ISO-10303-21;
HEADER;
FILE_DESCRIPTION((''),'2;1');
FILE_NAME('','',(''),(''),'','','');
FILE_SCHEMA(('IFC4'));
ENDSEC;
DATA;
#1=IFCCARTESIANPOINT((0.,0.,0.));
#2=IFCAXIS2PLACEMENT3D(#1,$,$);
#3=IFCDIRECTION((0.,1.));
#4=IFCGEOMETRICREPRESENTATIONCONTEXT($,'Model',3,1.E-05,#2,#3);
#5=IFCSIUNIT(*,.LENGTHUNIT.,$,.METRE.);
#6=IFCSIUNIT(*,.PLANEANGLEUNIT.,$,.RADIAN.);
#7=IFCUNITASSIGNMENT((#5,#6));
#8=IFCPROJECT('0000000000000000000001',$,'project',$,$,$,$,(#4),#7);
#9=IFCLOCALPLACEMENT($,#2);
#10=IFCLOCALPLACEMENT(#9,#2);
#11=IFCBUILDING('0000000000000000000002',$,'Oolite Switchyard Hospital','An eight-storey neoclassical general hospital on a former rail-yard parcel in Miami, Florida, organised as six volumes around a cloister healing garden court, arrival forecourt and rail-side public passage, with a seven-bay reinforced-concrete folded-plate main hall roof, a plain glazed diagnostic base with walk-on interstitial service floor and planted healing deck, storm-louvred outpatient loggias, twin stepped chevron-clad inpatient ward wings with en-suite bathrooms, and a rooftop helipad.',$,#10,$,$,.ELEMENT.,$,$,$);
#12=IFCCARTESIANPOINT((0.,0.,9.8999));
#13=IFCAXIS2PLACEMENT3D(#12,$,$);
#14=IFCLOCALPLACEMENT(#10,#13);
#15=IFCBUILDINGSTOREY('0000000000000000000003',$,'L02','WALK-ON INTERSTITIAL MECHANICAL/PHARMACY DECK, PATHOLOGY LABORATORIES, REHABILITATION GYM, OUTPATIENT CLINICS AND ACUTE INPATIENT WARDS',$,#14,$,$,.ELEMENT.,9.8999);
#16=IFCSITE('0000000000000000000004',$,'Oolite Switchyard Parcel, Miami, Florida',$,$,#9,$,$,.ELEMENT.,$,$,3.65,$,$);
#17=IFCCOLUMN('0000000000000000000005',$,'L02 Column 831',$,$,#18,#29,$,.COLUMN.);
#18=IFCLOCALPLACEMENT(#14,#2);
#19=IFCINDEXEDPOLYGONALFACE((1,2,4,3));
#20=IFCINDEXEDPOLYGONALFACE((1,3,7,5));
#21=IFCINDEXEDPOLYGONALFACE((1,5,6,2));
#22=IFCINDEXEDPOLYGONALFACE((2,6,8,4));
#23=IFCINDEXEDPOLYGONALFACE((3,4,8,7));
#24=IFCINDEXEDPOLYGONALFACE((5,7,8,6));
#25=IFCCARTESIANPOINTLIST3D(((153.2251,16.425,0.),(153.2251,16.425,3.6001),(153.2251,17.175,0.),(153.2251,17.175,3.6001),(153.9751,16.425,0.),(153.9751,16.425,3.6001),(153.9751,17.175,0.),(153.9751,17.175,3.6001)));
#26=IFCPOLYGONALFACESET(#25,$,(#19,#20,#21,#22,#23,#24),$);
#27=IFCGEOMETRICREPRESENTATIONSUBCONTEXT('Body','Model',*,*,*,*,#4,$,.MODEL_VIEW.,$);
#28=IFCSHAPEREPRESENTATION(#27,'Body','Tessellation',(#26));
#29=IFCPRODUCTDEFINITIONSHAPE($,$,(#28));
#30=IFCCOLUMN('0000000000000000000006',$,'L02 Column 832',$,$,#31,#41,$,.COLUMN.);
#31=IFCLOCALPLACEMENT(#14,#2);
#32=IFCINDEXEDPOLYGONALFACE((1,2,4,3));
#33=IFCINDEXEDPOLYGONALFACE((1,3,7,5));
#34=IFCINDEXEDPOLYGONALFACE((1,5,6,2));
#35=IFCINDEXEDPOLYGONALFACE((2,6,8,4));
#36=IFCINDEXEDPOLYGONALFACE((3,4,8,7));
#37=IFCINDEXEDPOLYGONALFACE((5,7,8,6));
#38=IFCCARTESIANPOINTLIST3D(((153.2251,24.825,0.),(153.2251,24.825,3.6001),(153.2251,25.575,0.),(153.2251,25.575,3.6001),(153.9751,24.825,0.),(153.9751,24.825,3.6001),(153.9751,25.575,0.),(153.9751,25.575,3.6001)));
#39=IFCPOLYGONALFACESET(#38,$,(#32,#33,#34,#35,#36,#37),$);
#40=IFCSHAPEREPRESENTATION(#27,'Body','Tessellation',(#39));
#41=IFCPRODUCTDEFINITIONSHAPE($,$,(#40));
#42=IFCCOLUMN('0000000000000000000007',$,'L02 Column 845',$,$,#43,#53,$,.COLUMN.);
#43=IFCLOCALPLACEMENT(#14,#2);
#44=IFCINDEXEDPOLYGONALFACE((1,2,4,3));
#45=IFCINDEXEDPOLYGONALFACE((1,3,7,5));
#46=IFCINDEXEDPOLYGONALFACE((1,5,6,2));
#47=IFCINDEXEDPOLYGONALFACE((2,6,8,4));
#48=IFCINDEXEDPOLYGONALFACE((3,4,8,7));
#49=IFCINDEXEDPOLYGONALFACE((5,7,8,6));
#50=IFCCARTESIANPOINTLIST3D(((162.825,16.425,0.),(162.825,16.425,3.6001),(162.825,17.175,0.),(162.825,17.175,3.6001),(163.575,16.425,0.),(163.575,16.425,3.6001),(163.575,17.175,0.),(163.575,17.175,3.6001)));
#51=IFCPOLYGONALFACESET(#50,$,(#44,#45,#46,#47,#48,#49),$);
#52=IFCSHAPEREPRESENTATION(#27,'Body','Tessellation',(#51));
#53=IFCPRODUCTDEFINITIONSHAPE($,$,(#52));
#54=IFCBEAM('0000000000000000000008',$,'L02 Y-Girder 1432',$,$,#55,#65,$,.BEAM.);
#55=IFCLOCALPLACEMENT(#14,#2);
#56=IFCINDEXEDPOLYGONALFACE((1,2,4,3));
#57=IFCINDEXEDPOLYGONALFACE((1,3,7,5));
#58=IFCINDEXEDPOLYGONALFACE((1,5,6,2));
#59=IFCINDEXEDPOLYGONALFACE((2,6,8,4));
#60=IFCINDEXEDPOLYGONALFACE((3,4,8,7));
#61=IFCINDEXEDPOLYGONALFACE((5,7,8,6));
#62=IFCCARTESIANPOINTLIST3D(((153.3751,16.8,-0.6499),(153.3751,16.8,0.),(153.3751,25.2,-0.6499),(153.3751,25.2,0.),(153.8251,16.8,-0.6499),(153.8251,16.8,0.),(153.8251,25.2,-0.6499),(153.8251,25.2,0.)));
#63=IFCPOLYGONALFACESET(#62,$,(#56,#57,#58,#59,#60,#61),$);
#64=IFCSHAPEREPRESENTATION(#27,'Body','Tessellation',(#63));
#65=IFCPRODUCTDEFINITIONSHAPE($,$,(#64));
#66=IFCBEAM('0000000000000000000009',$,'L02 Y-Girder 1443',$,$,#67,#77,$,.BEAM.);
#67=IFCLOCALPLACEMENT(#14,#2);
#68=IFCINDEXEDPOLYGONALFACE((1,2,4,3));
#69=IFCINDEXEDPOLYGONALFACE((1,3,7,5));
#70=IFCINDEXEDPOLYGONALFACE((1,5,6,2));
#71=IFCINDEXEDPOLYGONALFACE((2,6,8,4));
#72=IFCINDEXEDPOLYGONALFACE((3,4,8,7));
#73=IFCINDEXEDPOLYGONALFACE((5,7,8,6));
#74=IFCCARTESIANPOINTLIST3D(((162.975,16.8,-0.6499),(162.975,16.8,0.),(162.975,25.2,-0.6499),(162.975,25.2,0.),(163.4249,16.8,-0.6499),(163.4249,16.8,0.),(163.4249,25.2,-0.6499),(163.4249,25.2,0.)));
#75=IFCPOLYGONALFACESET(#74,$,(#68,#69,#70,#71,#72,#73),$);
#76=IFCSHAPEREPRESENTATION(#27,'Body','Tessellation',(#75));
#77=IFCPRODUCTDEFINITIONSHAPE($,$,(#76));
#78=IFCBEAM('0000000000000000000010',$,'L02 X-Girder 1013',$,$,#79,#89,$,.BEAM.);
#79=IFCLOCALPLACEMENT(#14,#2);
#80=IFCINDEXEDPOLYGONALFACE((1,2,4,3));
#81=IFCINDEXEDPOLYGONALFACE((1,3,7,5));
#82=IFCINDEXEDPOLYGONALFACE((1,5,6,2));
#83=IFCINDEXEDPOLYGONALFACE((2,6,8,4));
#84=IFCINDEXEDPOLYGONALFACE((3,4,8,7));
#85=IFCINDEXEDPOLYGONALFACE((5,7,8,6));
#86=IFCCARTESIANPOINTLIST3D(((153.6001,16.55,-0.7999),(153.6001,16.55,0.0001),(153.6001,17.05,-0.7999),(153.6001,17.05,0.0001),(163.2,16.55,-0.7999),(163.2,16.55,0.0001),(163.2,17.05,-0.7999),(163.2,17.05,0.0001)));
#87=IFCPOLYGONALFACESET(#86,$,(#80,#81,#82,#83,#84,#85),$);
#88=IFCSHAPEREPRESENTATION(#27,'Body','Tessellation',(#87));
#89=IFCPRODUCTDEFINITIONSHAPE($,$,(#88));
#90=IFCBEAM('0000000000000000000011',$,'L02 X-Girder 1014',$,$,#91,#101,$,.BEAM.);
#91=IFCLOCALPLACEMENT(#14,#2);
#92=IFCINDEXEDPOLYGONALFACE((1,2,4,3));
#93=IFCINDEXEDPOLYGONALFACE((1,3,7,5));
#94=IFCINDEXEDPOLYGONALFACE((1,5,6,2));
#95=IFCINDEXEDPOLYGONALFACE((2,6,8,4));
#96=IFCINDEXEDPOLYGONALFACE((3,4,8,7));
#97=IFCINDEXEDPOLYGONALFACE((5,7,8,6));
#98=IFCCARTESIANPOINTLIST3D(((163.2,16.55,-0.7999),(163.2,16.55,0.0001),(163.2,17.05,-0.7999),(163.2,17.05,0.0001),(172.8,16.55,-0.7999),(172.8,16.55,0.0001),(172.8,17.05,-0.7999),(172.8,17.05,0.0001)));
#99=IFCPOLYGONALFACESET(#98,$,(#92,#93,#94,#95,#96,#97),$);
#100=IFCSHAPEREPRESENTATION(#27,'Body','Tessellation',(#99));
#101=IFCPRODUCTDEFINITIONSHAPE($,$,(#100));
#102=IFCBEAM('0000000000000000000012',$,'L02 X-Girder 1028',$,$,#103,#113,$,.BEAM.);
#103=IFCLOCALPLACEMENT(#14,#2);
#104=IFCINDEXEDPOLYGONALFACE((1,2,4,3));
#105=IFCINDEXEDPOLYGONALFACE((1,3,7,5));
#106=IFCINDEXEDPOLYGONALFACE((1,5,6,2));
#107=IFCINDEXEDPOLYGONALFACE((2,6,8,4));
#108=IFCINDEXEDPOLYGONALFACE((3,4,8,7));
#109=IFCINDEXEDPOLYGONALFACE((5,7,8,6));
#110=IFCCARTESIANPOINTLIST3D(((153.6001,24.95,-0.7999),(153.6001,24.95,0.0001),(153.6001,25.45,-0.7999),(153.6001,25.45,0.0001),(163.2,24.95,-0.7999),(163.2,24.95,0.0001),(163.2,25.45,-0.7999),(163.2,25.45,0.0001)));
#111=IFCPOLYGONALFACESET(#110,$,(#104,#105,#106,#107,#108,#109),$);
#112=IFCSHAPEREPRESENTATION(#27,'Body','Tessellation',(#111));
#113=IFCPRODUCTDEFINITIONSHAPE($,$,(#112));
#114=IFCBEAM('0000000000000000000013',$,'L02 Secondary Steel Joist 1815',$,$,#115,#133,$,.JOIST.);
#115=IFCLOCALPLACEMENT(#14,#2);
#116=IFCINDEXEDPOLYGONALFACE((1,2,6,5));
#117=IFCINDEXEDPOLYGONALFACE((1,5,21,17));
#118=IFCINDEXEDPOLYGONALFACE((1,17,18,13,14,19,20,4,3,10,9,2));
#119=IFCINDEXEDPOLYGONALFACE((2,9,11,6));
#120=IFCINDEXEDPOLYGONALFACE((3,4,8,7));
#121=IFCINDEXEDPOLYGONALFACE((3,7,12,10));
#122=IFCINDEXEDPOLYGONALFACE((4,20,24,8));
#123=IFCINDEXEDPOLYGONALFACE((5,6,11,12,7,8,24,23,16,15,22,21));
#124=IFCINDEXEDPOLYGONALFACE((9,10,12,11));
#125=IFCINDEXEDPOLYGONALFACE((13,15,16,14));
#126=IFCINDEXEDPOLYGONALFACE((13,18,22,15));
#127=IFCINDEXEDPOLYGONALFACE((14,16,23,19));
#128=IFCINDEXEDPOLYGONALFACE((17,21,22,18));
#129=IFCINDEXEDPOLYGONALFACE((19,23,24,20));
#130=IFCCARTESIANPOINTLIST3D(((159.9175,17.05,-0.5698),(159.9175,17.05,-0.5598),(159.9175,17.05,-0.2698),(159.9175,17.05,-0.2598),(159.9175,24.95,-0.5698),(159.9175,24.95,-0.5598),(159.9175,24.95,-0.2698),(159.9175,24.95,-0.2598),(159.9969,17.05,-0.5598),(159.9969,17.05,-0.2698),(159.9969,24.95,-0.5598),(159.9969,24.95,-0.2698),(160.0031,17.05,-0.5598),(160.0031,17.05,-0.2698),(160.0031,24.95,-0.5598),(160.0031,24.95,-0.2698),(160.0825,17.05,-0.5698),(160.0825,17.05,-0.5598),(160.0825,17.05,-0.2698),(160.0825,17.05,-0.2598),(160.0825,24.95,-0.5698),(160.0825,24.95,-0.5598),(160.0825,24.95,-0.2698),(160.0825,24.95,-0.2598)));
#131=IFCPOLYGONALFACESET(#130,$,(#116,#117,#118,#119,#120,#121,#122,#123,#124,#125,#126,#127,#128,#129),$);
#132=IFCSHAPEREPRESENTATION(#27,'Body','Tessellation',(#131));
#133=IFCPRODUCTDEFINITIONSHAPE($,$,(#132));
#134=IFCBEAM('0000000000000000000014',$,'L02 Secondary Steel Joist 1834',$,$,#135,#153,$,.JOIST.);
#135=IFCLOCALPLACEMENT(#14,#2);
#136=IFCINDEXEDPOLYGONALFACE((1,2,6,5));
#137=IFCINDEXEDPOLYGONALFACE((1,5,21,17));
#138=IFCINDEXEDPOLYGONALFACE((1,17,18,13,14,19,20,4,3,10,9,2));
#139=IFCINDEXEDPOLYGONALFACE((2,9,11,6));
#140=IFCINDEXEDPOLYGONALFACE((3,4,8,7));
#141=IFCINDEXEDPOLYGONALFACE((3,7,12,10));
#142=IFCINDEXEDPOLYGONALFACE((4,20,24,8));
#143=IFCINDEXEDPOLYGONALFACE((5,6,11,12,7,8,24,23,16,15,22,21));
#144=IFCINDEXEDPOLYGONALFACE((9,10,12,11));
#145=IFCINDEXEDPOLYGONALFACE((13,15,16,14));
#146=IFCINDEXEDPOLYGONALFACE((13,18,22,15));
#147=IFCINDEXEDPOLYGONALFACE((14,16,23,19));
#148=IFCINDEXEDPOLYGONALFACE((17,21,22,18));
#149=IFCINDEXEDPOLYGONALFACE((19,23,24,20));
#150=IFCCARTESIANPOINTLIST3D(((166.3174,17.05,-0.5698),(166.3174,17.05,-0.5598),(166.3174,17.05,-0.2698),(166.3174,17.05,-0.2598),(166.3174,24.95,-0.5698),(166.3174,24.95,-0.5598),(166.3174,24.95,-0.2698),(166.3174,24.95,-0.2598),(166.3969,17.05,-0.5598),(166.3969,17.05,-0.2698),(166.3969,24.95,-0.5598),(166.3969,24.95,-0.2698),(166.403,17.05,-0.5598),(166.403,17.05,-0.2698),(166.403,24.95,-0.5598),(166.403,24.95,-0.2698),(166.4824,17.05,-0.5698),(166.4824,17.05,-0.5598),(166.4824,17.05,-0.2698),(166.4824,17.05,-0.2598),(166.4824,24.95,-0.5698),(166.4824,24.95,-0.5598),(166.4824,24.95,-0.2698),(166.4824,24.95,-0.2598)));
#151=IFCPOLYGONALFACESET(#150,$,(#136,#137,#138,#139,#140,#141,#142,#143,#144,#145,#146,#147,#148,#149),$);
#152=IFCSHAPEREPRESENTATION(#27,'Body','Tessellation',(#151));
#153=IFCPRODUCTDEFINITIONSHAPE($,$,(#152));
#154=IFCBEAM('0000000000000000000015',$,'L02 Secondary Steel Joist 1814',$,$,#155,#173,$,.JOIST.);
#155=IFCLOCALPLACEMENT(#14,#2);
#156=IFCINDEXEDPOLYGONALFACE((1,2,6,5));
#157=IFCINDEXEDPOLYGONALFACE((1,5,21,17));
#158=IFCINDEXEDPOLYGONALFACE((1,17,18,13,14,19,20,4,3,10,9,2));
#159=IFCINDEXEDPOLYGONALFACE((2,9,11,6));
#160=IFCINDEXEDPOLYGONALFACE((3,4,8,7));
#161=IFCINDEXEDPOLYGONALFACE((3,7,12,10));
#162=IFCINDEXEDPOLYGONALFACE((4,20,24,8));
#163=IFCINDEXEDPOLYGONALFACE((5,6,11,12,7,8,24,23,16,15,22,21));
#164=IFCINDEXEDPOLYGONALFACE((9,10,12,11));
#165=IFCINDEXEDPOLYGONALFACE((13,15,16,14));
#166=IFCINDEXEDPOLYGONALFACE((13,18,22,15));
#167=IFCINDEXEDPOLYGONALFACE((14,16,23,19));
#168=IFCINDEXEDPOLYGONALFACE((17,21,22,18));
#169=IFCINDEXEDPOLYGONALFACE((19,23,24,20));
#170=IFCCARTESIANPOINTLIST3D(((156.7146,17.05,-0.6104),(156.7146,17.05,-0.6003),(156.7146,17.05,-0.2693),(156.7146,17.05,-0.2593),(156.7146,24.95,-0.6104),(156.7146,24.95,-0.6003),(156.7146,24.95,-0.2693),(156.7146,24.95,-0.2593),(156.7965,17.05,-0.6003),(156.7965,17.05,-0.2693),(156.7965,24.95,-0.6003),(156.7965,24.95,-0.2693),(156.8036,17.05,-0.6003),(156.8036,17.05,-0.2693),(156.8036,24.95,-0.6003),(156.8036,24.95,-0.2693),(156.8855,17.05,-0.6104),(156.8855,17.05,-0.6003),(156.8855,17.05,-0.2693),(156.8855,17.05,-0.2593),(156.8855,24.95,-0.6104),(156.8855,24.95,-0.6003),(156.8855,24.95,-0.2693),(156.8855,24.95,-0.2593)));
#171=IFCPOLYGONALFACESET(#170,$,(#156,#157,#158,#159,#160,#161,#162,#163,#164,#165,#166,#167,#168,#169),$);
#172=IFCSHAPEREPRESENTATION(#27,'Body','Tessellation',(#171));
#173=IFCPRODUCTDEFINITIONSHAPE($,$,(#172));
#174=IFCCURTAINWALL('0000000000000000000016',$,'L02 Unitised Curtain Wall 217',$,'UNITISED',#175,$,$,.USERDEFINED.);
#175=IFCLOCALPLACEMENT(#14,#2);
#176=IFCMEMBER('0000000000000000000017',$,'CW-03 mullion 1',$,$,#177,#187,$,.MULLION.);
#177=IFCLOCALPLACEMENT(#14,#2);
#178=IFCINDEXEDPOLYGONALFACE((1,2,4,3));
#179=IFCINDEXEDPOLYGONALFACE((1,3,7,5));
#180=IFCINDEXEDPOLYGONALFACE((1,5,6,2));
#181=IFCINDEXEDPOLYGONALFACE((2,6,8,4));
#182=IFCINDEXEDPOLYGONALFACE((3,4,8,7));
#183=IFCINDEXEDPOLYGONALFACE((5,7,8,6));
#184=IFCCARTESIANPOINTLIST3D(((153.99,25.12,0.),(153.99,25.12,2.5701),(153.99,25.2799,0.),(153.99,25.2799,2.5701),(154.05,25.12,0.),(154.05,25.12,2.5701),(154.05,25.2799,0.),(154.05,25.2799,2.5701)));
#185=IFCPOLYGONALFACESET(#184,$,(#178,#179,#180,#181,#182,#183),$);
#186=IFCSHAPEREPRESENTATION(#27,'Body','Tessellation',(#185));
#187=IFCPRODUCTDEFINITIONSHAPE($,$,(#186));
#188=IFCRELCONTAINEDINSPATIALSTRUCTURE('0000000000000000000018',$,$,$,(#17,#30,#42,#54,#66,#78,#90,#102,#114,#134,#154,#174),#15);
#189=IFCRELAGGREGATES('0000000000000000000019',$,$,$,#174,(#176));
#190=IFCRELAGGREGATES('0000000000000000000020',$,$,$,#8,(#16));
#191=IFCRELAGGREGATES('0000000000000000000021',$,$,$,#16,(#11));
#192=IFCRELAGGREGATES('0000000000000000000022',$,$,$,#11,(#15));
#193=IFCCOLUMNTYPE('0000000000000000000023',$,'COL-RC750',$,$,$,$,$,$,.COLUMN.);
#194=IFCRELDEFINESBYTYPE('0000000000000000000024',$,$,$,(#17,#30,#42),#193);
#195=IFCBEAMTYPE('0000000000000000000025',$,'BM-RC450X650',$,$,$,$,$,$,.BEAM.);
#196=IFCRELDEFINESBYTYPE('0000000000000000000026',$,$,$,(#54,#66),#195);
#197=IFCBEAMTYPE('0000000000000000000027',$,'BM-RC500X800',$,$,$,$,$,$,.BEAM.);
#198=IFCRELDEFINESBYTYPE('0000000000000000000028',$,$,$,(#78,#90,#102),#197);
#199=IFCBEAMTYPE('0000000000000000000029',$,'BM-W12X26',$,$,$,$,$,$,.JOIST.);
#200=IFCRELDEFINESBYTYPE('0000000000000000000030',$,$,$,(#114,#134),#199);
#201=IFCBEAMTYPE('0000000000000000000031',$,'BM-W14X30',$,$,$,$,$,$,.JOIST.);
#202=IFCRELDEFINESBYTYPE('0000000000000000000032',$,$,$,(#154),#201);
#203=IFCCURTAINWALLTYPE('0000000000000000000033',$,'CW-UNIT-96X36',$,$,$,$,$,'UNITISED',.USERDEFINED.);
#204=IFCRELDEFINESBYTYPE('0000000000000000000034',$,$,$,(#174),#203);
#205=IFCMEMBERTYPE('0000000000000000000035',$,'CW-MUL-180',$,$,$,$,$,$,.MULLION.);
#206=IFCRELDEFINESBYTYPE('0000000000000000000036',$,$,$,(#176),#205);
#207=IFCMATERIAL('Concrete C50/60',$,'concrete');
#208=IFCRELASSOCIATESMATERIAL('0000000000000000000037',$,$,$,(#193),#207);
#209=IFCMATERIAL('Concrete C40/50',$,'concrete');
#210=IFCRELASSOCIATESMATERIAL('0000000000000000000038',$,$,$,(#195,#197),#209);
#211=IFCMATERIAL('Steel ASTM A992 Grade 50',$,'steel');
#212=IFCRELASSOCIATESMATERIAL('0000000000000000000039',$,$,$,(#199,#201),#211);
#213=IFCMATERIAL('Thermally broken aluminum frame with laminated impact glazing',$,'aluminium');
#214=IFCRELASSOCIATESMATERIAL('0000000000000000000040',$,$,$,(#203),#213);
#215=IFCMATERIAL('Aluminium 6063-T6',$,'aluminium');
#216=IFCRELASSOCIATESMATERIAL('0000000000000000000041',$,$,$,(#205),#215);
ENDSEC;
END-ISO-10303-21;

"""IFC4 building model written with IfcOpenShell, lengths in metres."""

from ifc_helpers import new_model, si_unit, direction, frame, origin, origin_2d, place, context, subcontext, project, spatial, rectangle, i_section, extrude, material, material_profile, profile_set, type_object, element, aggregate, save


model = new_model("IFC4")

# Units and contexts
model_context = context("Model", 3, precision=1e-05, world=origin(), true_north=direction((0.0, 1.0)))
body_context = subcontext(model_context, "Body", "Model", "MODEL_VIEW")
ifc_project = project(units=[si_unit("LENGTHUNIT", "METRE"), si_unit("PLANEANGLEUNIT", "RADIAN")], contexts=[model_context])

# Site, building, storey
site_placement = place(None, origin())
site = spatial("IfcSite", under=ifc_project, at=site_placement, Name="Oolite Switchyard Parcel, Miami, Florida", CompositionType="ELEMENT", RefElevation=3.65)
building_placement = place(site_placement, origin())
building = spatial("IfcBuilding", under=site, at=building_placement, Name="Oolite Switchyard Hospital", Description="An eight-storey neoclassical general hospital on a former rail-yard parcel in Miami, Florida, organised as six volumes around a cloister healing garden court, arrival forecourt and rail-side public passage, with a seven-bay reinforced-concrete folded-plate main hall roof, a plain glazed diagnostic base with walk-on interstitial service floor and planted healing deck, storm-louvred outpatient loggias, twin stepped chevron-clad inpatient ward wings with en-suite bathrooms, and a rooftop helipad.", CompositionType="ELEMENT")
storey_placement = place(building_placement, frame((0.0, 0.0, 9.8999)))
storey = spatial("IfcBuildingStorey", under=building, at=storey_placement, Name="L02", Description="WALK-ON INTERSTITIAL MECHANICAL/PHARMACY DECK, PATHOLOGY LABORATORIES, REHABILITATION GYM, OUTPATIENT CLINICS AND ACUTE INPATIENT WARDS", CompositionType="ELEMENT", Elevation=9.8999)

# Columns
ifc_material_1 = material(Name="Concrete C50/60", Category="concrete")
ifc_material_profile_1 = material_profile(ifc_material_1, rectangle(XDim=0.75, YDim=0.75, at=origin_2d()), Name="RC750X750")
ifc_profile_set_1 = profile_set([ifc_material_profile_1], Name="Concrete C50/60")
column_type = type_object("IfcColumnType", Name="COL-RC750", PredefinedType="COLUMN", material=ifc_profile_set_1)
for number, where, z_axis, x_axis, name in (
    (1, (153.6001, 16.8, 0.0), (0.0, 0.0, 1.0), (1.0, 0.0, 0.0), "L02 Column 831"),
    (2, (153.6001, 25.2, 0.0), (0.0, 0.0, 1.0), (1.0, 0.0, 0.0), "L02 Column 832"),
    (3, (163.2, 16.8, 0.0), (0.0, 0.0, 1.0), (1.0, 0.0, 0.0), "L02 Column 845"),
):
    element("IfcColumn", number, at=place(storey_placement, frame(where, z_axis=z_axis, x_axis=x_axis)), inside=storey, type_object=column_type, Name=name, PredefinedType="COLUMN", context=body_context, shape_type="SweptSolid", body=[
        extrude(rectangle(XDim=0.75, YDim=0.75, at=origin_2d()), origin(), (0.0, 0.0, 1.0), 3.6001),
    ])

# Beams
ifc_material_2 = material(Name="Concrete C40/50", Category="concrete")
ifc_material_profile_2 = material_profile(ifc_material_2, rectangle(XDim=0.45, YDim=0.6499, at=origin_2d()), Name="RCB450X650")
ifc_profile_set_2 = profile_set([ifc_material_profile_2], Name="Concrete C40/50")
beam_type_1 = type_object("IfcBeamType", Name="BM-RC450X650", PredefinedType="BEAM", material=ifc_profile_set_2)
for number, where, z_axis, x_axis, name in (
    (4, (153.6001, 16.8, -0.325), (0.0, 1.0, 0.0), (-1.0, 0.0, 0.0), "L02 Y-Girder 1432"),
    (5, (163.2, 16.8, -0.325), (0.0, 1.0, 0.0), (-1.0, 0.0, 0.0), "L02 Y-Girder 1443"),
):
    element("IfcBeam", number, at=place(storey_placement, frame(where, z_axis=z_axis, x_axis=x_axis)), inside=storey, type_object=beam_type_1, Name=name, PredefinedType="BEAM", context=body_context, shape_type="SweptSolid", body=[
        extrude(rectangle(XDim=0.45, YDim=0.6499, at=origin_2d()), origin(), (0.0, 0.0, 1.0), 8.3999),
    ])
ifc_material_profile_3 = material_profile(ifc_material_2, rectangle(XDim=0.5, YDim=0.8, at=origin_2d()), Name="RCB500X800")
ifc_profile_set_3 = profile_set([ifc_material_profile_3], Name="Concrete C40/50")
beam_type_2 = type_object("IfcBeamType", Name="BM-RC500X800", PredefinedType="BEAM", material=ifc_profile_set_3)
beam_1_placement = place(storey_placement, frame((153.6001, 16.8, -0.3999), z_axis=(1.0, 0.0, 0.0), x_axis=(0.0, 1.0, 0.0)))
element("IfcBeam", 6, at=beam_1_placement, inside=storey, type_object=beam_type_2, Name="L02 X-Girder 1013", PredefinedType="BEAM", context=body_context, shape_type="SweptSolid", body=[
    extrude(rectangle(XDim=0.5, YDim=0.8, at=origin_2d()), origin(), (0.0, 0.0, 1.0), 9.5999),
])
beam_2_placement = place(storey_placement, frame((163.2, 16.8, -0.3999), z_axis=(1.0, 0.0, 0.0), x_axis=(0.0, 1.0, 0.0)))
element("IfcBeam", 7, at=beam_2_placement, inside=storey, type_object=beam_type_2, Name="L02 X-Girder 1014", PredefinedType="BEAM", context=body_context, shape_type="SweptSolid", body=[
    extrude(rectangle(XDim=0.5, YDim=0.8, at=origin_2d()), origin(), (0.0, 0.0, 1.0), 9.6001),
])
beam_3_placement = place(storey_placement, frame((153.6001, 25.2, -0.3999), z_axis=(1.0, 0.0, 0.0), x_axis=(0.0, 1.0, 0.0)))
element("IfcBeam", 8, at=beam_3_placement, inside=storey, type_object=beam_type_2, Name="L02 X-Girder 1028", PredefinedType="BEAM", context=body_context, shape_type="SweptSolid", body=[
    extrude(rectangle(XDim=0.5, YDim=0.8, at=origin_2d()), origin(), (0.0, 0.0, 1.0), 9.5999),
])
ifc_material_3 = material(Name="Steel ASTM A992 Grade 50", Category="steel")
ifc_material_profile_4 = material_profile(ifc_material_3, i_section(OverallWidth=0.165, OverallDepth=0.3101, WebThickness=0.0061, FlangeThickness=0.01, at=origin_2d()), Name="W12X26")
ifc_profile_set_4 = profile_set([ifc_material_profile_4], Name="Steel ASTM A992 Grade 50")
beam_type_3 = type_object("IfcBeamType", Name="BM-W12X26", PredefinedType="JOIST", material=ifc_profile_set_4)
for number, where, z_axis, x_axis, name in (
    (9, (160.0, 17.05, -0.4148), (0.0, 1.0, 0.0), (-1.0, 0.0, 0.0), "L02 Secondary Steel Joist 1815"),
    (10, (166.3999, 17.05, -0.4148), (0.0, 1.0, 0.0), (-1.0, 0.0, 0.0), "L02 Secondary Steel Joist 1834"),
):
    element("IfcBeam", number, at=place(storey_placement, frame(where, z_axis=z_axis, x_axis=x_axis)), inside=storey, type_object=beam_type_3, Name=name, PredefinedType="JOIST", context=body_context, shape_type="SweptSolid", body=[
        extrude(i_section(OverallWidth=0.165, OverallDepth=0.3101, WebThickness=0.0061, FlangeThickness=0.01, at=origin_2d()), origin(), (0.0, 0.0, 1.0), 7.8999),
    ])
ifc_material_profile_5 = material_profile(ifc_material_3, i_section(OverallWidth=0.1709, OverallDepth=0.3511, WebThickness=0.0071, FlangeThickness=0.01, at=origin_2d()), Name="W14X30")
ifc_profile_set_5 = profile_set([ifc_material_profile_5], Name="Steel ASTM A992 Grade 50")
beam_type_4 = type_object("IfcBeamType", Name="BM-W14X30", PredefinedType="JOIST", material=ifc_profile_set_5)
beam_4_placement = place(storey_placement, frame((156.8, 17.05, -0.4348), z_axis=(0.0, 1.0, 0.0), x_axis=(-1.0, 0.0, 0.0)))
element("IfcBeam", 11, at=beam_4_placement, inside=storey, type_object=beam_type_4, Name="L02 Secondary Steel Joist 1814", PredefinedType="JOIST", context=body_context, shape_type="SweptSolid", body=[
    extrude(i_section(OverallWidth=0.1709, OverallDepth=0.3511, WebThickness=0.0071, FlangeThickness=0.01, at=origin_2d()), origin(), (0.0, 0.0, 1.0), 7.8999),
])

# Curtain wall, member
ifc_material_4 = material(Name="Thermally broken aluminum frame with laminated impact glazing", Category="aluminium")
curtain_wall_type = type_object("IfcCurtainWallType", Name="CW-UNIT-96X36", ElementType="UNITISED", PredefinedType="USERDEFINED", material=ifc_material_4)
curtain_wall_placement = place(storey_placement, origin())
curtain_wall = element("IfcCurtainWall", 12, at=curtain_wall_placement, inside=storey, type_object=curtain_wall_type, Name="L02 Unitised Curtain Wall 217", ObjectType="UNITISED", PredefinedType="USERDEFINED")
ifc_material_5 = material(Name="Aluminium 6063-T6", Category="aluminium")
ifc_material_profile_6 = material_profile(ifc_material_5, rectangle(XDim=0.1599, YDim=0.0601, at=origin_2d()), Name="CWM60X160")
ifc_profile_set_6 = profile_set([ifc_material_profile_6], Name="Aluminium 6063-T6")
member_type_1 = type_object("IfcMemberType", Name="CW-MUL-180", PredefinedType="MULLION", material=ifc_profile_set_6)
member_1_placement = place(storey_placement, frame((154.02, 25.2, 0.0), z_axis=(0.0, 0.0, 1.0), x_axis=(0.0, 1.0, 0.0)))
member_1 = element("IfcMember", 13, at=member_1_placement, type_object=member_type_1, Name="CW-03 mullion 1", PredefinedType="MULLION", context=body_context, shape_type="SweptSolid", body=[
    extrude(rectangle(XDim=0.1599, YDim=0.0601, at=origin_2d()), origin(), (0.0, 0.0, 1.0), 2.5701),
])
aggregate(curtain_wall, [member_1])

save(model, "model.ifc")
